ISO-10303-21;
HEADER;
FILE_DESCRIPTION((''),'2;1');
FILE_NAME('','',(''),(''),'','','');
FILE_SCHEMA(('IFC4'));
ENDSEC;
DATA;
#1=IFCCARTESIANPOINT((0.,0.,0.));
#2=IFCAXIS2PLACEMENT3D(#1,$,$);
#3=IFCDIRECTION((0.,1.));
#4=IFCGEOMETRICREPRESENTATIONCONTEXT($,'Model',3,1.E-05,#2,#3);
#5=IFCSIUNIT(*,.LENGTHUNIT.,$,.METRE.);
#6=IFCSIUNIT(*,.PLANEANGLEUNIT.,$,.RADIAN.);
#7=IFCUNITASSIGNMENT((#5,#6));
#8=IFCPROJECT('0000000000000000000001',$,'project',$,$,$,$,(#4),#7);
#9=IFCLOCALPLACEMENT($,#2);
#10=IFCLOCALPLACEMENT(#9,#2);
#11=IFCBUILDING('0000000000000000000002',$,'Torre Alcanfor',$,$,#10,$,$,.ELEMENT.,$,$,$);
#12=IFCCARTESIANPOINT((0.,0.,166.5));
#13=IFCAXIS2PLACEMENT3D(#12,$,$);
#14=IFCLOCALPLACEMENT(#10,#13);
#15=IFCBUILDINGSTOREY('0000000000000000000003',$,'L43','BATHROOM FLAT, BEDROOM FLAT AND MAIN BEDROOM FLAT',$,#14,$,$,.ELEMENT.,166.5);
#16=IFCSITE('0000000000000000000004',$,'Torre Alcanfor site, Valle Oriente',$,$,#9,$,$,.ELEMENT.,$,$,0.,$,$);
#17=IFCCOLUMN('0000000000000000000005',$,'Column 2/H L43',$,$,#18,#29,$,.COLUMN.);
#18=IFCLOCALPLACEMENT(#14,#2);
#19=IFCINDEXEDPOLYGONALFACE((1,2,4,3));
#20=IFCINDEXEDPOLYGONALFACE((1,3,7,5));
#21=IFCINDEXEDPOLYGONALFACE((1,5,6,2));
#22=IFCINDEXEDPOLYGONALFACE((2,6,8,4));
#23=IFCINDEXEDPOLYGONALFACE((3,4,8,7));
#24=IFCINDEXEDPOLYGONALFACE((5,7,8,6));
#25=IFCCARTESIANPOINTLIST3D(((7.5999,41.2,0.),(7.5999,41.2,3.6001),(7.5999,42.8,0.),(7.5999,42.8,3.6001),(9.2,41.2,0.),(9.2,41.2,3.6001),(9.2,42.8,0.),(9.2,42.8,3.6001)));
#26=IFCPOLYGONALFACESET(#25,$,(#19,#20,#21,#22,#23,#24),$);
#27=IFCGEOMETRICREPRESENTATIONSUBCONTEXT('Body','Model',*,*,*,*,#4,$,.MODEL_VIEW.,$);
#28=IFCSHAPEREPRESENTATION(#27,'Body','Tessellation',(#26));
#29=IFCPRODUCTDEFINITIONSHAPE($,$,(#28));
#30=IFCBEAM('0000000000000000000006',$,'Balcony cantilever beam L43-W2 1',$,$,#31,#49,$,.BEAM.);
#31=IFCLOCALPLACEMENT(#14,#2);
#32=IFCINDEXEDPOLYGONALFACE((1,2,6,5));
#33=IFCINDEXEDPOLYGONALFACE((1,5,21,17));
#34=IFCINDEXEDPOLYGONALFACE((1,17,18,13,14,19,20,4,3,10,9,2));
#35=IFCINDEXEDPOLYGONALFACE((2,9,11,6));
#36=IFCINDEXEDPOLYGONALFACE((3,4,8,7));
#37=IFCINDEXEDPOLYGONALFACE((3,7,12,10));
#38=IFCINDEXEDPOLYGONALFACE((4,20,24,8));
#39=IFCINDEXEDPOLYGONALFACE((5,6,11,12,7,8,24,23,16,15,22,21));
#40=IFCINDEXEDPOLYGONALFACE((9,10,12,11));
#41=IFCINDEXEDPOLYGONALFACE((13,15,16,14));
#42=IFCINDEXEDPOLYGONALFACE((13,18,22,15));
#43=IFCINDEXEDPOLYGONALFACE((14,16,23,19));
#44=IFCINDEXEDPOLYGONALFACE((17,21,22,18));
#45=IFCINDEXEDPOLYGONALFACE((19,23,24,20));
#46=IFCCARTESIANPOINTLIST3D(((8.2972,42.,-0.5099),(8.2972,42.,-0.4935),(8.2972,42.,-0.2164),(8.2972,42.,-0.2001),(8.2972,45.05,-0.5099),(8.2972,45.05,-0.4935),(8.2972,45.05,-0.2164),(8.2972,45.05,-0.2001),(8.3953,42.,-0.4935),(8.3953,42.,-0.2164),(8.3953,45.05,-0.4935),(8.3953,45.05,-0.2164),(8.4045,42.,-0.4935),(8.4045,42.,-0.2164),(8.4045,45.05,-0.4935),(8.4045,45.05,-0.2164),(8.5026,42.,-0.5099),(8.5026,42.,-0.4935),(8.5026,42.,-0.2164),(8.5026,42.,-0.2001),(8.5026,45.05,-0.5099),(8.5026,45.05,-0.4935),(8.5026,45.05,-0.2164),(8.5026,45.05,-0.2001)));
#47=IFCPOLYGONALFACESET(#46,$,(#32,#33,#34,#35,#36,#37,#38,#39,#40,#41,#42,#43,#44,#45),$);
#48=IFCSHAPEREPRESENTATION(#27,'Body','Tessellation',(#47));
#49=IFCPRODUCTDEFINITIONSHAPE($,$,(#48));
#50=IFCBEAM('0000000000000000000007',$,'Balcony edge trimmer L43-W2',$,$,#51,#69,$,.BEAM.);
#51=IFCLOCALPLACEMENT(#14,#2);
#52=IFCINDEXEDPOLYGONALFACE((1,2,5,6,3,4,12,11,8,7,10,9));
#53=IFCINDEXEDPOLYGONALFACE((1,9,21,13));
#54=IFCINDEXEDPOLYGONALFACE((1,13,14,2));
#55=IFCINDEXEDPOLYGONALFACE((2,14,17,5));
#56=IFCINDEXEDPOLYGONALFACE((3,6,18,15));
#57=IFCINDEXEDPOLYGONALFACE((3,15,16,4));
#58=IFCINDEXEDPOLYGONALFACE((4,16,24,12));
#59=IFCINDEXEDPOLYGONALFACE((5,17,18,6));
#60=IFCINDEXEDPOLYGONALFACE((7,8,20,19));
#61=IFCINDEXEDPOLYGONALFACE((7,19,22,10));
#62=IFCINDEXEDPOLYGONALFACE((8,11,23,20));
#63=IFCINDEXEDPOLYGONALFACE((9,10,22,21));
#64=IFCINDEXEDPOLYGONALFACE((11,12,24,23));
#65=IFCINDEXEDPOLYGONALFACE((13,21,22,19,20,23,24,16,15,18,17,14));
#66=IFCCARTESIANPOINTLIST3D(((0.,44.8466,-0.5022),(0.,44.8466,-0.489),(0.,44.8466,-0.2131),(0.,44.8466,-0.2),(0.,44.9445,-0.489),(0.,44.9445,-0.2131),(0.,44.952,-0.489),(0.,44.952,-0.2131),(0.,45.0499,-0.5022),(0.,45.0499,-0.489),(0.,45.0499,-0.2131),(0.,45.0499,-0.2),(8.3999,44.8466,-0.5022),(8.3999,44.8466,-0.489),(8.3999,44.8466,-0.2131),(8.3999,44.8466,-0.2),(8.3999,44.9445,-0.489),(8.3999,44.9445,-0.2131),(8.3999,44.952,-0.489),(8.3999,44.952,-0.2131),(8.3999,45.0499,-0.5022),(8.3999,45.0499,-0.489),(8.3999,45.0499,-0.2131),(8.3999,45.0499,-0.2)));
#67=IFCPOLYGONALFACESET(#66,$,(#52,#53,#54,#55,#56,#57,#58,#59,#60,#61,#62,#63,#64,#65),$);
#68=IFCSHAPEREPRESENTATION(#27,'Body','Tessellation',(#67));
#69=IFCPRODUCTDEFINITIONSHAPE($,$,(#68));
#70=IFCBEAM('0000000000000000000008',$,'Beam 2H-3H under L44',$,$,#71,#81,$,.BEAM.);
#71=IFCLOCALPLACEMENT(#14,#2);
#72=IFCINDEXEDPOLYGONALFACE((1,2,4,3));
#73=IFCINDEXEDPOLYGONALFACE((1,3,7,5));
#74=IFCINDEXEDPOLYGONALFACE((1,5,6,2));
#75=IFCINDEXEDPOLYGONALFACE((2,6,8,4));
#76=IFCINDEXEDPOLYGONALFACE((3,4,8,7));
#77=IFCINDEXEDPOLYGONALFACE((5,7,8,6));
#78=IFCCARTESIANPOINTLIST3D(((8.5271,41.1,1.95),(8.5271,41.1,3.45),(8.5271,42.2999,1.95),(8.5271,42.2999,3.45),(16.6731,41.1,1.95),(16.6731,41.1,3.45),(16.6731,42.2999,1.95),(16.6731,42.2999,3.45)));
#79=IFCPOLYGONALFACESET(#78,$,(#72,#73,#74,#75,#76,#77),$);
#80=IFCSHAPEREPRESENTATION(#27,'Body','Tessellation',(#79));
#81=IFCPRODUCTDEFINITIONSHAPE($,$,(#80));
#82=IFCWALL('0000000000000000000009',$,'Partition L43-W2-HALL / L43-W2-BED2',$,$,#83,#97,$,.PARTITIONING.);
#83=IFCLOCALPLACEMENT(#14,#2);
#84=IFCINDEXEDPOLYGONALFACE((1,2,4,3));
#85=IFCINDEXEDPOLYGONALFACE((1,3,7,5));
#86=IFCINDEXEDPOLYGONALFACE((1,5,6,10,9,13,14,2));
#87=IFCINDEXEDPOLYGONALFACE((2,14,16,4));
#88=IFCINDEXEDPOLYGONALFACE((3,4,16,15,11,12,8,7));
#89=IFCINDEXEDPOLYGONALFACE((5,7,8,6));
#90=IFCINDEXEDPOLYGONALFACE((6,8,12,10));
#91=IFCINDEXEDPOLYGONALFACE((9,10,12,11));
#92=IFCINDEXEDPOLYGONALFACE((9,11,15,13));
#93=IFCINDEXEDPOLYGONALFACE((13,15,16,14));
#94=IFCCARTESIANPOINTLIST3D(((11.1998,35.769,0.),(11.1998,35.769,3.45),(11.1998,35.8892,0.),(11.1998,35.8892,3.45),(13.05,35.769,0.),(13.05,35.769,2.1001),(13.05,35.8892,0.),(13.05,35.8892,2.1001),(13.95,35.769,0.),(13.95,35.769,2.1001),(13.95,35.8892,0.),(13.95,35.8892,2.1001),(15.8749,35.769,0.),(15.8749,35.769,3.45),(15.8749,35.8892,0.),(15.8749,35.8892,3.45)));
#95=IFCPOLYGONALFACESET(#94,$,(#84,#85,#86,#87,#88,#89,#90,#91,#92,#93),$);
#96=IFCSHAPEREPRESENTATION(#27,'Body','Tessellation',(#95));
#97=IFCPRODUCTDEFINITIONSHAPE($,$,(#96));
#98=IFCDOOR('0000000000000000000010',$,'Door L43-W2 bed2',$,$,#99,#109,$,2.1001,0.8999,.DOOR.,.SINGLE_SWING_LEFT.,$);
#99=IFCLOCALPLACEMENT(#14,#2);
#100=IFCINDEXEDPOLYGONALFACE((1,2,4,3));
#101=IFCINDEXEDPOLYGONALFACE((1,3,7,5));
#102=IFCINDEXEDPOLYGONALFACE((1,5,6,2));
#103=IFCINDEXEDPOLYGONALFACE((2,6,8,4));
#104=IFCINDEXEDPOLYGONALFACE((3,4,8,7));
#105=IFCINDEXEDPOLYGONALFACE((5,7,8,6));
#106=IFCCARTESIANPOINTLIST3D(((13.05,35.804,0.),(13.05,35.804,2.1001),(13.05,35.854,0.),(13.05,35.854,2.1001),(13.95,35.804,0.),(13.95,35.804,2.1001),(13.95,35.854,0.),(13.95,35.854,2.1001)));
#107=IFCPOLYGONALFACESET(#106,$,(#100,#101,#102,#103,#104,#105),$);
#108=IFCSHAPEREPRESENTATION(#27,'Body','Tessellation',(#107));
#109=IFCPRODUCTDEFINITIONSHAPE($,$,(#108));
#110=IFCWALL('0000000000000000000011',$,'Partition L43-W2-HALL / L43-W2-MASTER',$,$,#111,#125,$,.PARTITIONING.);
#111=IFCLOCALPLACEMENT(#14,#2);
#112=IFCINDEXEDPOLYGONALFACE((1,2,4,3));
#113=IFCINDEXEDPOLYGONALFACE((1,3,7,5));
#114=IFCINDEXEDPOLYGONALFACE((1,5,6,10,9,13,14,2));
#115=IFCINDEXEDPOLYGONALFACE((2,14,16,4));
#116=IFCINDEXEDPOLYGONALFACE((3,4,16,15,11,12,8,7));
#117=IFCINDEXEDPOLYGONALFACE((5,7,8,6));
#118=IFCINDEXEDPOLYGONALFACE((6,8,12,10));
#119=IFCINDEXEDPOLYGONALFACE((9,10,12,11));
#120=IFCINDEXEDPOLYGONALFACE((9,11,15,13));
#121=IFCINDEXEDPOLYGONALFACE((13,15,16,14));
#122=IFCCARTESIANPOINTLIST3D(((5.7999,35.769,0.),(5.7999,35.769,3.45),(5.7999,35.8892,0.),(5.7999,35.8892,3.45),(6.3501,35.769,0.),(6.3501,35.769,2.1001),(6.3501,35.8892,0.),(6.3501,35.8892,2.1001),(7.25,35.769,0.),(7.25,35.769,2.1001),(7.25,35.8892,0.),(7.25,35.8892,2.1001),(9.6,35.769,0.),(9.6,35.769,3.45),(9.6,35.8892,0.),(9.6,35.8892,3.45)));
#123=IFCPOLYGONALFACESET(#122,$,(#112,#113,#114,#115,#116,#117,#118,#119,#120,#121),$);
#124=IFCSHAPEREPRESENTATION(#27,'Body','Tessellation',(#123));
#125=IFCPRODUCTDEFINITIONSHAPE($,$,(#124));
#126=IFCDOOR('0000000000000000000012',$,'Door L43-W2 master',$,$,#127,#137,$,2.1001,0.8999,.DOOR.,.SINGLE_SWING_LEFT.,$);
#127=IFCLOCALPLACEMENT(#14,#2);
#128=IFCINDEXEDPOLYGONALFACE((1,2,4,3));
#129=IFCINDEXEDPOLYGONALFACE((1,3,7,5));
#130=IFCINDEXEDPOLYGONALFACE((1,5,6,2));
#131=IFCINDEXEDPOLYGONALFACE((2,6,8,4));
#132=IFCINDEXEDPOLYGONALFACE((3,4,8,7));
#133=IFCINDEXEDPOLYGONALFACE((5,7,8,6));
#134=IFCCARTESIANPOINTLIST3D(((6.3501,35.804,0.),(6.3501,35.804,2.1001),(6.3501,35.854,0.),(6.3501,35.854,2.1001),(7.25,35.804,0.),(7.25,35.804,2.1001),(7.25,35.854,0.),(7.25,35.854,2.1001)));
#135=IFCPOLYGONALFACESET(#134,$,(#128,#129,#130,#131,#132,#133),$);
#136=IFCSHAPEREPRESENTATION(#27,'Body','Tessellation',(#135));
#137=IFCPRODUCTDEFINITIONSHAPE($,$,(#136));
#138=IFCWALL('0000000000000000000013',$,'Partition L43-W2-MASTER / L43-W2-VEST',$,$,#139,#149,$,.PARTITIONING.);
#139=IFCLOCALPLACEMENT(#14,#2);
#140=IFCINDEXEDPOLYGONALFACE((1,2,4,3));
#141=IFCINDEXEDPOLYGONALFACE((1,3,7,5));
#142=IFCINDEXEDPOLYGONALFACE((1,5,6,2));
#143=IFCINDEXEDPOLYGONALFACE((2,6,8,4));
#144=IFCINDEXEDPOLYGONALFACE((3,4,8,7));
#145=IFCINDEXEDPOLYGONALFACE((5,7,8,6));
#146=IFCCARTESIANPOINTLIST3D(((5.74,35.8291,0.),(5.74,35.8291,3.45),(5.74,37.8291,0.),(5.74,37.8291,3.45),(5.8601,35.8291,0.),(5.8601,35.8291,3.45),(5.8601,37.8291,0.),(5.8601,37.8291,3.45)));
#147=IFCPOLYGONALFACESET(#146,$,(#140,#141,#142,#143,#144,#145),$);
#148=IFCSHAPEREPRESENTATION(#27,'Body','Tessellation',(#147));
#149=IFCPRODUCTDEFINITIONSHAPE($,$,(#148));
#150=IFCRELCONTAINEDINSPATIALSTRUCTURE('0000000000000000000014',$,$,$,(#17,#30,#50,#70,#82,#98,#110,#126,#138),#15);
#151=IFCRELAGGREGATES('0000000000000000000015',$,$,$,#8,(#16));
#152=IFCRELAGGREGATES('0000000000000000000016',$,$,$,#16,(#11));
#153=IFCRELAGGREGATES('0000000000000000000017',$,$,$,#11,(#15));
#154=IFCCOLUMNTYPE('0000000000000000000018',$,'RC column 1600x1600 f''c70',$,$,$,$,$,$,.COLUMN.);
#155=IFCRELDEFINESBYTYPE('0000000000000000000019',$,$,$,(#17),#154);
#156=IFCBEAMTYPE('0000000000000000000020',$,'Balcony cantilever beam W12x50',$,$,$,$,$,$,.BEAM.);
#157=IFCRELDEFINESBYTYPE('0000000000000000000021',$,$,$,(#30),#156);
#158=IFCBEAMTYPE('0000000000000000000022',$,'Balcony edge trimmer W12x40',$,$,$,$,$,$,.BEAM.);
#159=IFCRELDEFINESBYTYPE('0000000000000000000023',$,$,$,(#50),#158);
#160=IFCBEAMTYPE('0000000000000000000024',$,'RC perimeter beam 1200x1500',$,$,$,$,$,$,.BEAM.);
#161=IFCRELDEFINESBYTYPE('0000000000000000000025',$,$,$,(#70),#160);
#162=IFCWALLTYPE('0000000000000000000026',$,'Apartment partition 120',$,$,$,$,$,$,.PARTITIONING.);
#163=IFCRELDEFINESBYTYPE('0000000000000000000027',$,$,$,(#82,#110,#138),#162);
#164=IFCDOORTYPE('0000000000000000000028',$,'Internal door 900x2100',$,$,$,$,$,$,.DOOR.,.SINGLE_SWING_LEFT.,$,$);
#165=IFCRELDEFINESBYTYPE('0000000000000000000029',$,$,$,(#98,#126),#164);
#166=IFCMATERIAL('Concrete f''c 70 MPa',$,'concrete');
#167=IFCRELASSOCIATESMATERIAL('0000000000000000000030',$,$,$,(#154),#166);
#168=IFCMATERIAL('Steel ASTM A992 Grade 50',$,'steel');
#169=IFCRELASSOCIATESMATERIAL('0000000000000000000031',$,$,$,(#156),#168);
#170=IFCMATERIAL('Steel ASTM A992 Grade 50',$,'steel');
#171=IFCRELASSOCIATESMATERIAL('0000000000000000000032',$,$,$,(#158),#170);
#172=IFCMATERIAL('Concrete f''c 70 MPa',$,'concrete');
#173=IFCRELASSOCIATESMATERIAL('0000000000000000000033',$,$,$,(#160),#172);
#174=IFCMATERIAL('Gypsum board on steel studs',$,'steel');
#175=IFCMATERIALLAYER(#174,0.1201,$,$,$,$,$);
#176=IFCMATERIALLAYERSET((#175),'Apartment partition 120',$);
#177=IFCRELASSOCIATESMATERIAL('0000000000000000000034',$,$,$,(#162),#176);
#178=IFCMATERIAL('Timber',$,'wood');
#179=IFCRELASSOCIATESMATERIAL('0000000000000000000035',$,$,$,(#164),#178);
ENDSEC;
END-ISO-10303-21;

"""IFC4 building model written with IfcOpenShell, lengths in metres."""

from ifc_helpers import new_model, si_unit, direction, frame, frame_2d, origin, origin_2d, place, context, subcontext, project, spatial, rectangle, i_section, extrude, material, layer, layer_set, material_profile, profile_set, type_object, element, fill, save


model = new_model("IFC4")

# Units and contexts
model_context = context("Model", 3, precision=1e-05, world=origin(), true_north=direction((0.0, 1.0)))
body_context = subcontext(model_context, "Body", "Model", "MODEL_VIEW")
ifc_project = project(units=[si_unit("LENGTHUNIT", "METRE"), si_unit("PLANEANGLEUNIT", "RADIAN")], contexts=[model_context])

# Site, building, storey
site_placement = place(None, origin())
site = spatial("IfcSite", under=ifc_project, at=site_placement, Name="Torre Alcanfor site, Valle Oriente", CompositionType="ELEMENT", RefElevation=0.0)
building_placement = place(site_placement, origin())
building = spatial("IfcBuilding", under=site, at=building_placement, Name="Torre Alcanfor", CompositionType="ELEMENT")
storey_placement = place(building_placement, frame((0.0, 0.0, 166.5)))
storey = spatial("IfcBuildingStorey", under=building, at=storey_placement, Name="L43", Description="BATHROOM FLAT, BEDROOM FLAT AND MAIN BEDROOM FLAT", CompositionType="ELEMENT", Elevation=166.5)

# Column
ifc_material_1 = material(Name="Concrete f'c 70 MPa", Category="concrete")
ifc_material_profile_1 = material_profile(ifc_material_1, rectangle(XDim=1.6001, YDim=1.6001, at=origin_2d()), Name="1600x1600")
ifc_profile_set_1 = profile_set([ifc_material_profile_1], Name="Concrete f'c 70 MPa")
column_type = type_object("IfcColumnType", Name="RC column 1600x1600 f'c70", PredefinedType="COLUMN", material=ifc_profile_set_1)
column_placement = place(storey_placement, frame((8.3999, 42.0, 0.0), z_axis=(0.0, 0.0, 1.0), x_axis=(1.0, 0.0, 0.0)))
element("IfcColumn", 1, at=column_placement, inside=storey, type_object=column_type, Name="Column 2/H L43", PredefinedType="COLUMN", context=body_context, shape_type="SweptSolid", body=[
    extrude(rectangle(XDim=1.6001, YDim=1.6001, at=origin_2d()), origin(), (0.0, 0.0, 1.0), 3.6001),
])

# Beams
ifc_material_2 = material(Name="Steel ASTM A992 Grade 50", Category="steel")
ifc_material_profile_2 = material_profile(ifc_material_2, i_section(OverallWidth=0.2053, OverallDepth=0.3098, WebThickness=0.0093, FlangeThickness=0.0164, at=origin_2d()), Name="W12x50")
ifc_profile_set_2 = profile_set([ifc_material_profile_2], Name="Steel ASTM A992 Grade 50")
beam_type_1 = type_object("IfcBeamType", Name="Balcony cantilever beam W12x50", PredefinedType="BEAM", material=ifc_profile_set_2)
beam_1_placement = place(storey_placement, frame((8.3999, 42.0, -0.355), z_axis=(0.0, 1.0, 0.0), x_axis=(-1.0, 0.0, 0.0)))
element("IfcBeam", 2, at=beam_1_placement, inside=storey, type_object=beam_type_1, Name="Balcony cantilever beam L43-W2 1", PredefinedType="BEAM", context=body_context, shape_type="SweptSolid", body=[
    extrude(i_section(OverallWidth=0.2053, OverallDepth=0.3098, WebThickness=0.0093, FlangeThickness=0.0164, at=origin_2d()), origin(), (0.0, 0.0, 1.0), 3.05),
])
ifc_material_3 = material(Name="Steel ASTM A992 Grade 50", Category="steel")
ifc_material_profile_3 = material_profile(ifc_material_3, i_section(OverallWidth=0.2034, OverallDepth=0.3022, WebThickness=0.0076, FlangeThickness=0.0132, at=origin_2d()), Name="W12x40")
ifc_profile_set_3 = profile_set([ifc_material_profile_3], Name="Steel ASTM A992 Grade 50")
beam_type_2 = type_object("IfcBeamType", Name="Balcony edge trimmer W12x40", PredefinedType="BEAM", material=ifc_profile_set_3)
beam_2_placement = place(storey_placement, frame((8.3999, 44.9482, -0.3511), z_axis=(-1.0, 0.0, 0.0), x_axis=(0.0, -1.0, 0.0)))
element("IfcBeam", 3, at=beam_2_placement, inside=storey, type_object=beam_type_2, Name="Balcony edge trimmer L43-W2", PredefinedType="BEAM", context=body_context, shape_type="SweptSolid", body=[
    extrude(i_section(OverallWidth=0.2034, OverallDepth=0.3022, WebThickness=0.0076, FlangeThickness=0.0132, at=origin_2d()), origin(), (0.0, 0.0, 1.0), 8.3999),
])
ifc_material_4 = material(Name="Concrete f'c 70 MPa", Category="concrete")
ifc_material_profile_4 = material_profile(ifc_material_4, rectangle(XDim=1.2, YDim=1.5, at=origin_2d()), Name="1200x1500")
ifc_profile_set_4 = profile_set([ifc_material_profile_4], Name="Concrete f'c 70 MPa")
beam_type_3 = type_object("IfcBeamType", Name="RC perimeter beam 1200x1500", PredefinedType="BEAM", material=ifc_profile_set_4)
beam_3_placement = place(storey_placement, frame((8.5271, 41.7, 2.7), z_axis=(1.0, 0.0, 0.0), x_axis=(0.0, 1.0, 0.0)))
element("IfcBeam", 4, at=beam_3_placement, inside=storey, type_object=beam_type_3, Name="Beam 2H-3H under L44", PredefinedType="BEAM", context=body_context, shape_type="SweptSolid", body=[
    extrude(rectangle(XDim=1.2, YDim=1.5, at=origin_2d()), origin(), (0.0, 0.0, 1.0), 8.146),
])

# Walls, openings, doors
ifc_material_5 = material(Name="Gypsum board on steel studs", Category="steel")
ifc_layer_1 = layer(ifc_material_5, 0.1201)
ifc_layer_set_1 = layer_set([ifc_layer_1], Name="Apartment partition 120")
wall_type_1 = type_object("IfcWallType", Name="Apartment partition 120", PredefinedType="PARTITIONING", material=ifc_layer_set_1)
wall_1_placement = place(storey_placement, frame((11.2, 35.8291, 0.0), z_axis=(0.0, 0.0, 1.0), x_axis=(1.0, 0.0, 0.0)))
wall_1 = element("IfcWall", 5, at=wall_1_placement, inside=storey, type_object=wall_type_1, Name="Partition L43-W2-HALL / L43-W2-BED2", PredefinedType="PARTITIONING", context=body_context, shape_type="SweptSolid", body=[
    extrude(rectangle(XDim=4.675, YDim=0.1201, at=frame_2d((2.3374, 0.0))), origin(), (0.0, 0.0, 1.0), 3.45),
])
opening_1_placement = place(wall_1_placement, frame((1.8501, 0.0, 0.0)))
opening_1 = element("IfcOpeningElement", 6, at=opening_1_placement, cuts=wall_1, PredefinedType="OPENING", context=body_context, shape_type="SweptSolid", body=[
    extrude(rectangle(XDim=0.8999, YDim=2.1001, at=frame_2d((0.45, 1.05))), frame((0.0, 0.0701, 0.0), z_axis=(0.0, -1.0, 0.0), x_axis=(1.0, 0.0, 0.0)), (0.0, 0.0, 1.0), 0.1401),
])
ifc_material_6 = material(Name="Timber", Category="wood")
door_type_1 = type_object("IfcDoorType", Name="Internal door 900x2100", OperationType="SINGLE_SWING_LEFT", PredefinedType="DOOR", material=ifc_material_6)
door_1_placement = place(opening_1_placement, origin())
door_1 = element("IfcDoor", 7, at=door_1_placement, inside=storey, type_object=door_type_1, Name="Door L43-W2 bed2", OperationType="SINGLE_SWING_LEFT", OverallHeight=2.1001, OverallWidth=0.8999, PredefinedType="DOOR", context=body_context, shape_type="SweptSolid", body=[
    extrude(rectangle(XDim=0.8999, YDim=2.1001, at=frame_2d((0.45, 1.05))), frame((0.0, 0.0249, 0.0), z_axis=(0.0, -1.0, 0.0), x_axis=(1.0, 0.0, 0.0)), (0.0, 0.0, 1.0), 0.05),
])
fill(opening_1, door_1)
wall_2_placement = place(storey_placement, frame((5.8, 35.8291, 0.0), z_axis=(0.0, 0.0, 1.0), x_axis=(1.0, 0.0, 0.0)))
wall_2 = element("IfcWall", 8, at=wall_2_placement, inside=storey, type_object=wall_type_1, Name="Partition L43-W2-HALL / L43-W2-MASTER", PredefinedType="PARTITIONING", context=body_context, shape_type="SweptSolid", body=[
    extrude(rectangle(XDim=3.8, YDim=0.1201, at=frame_2d((1.8999, 0.0))), origin(), (0.0, 0.0, 1.0), 3.45),
])
opening_2_placement = place(wall_2_placement, frame((0.55, 0.0, 0.0)))
opening_2 = element("IfcOpeningElement", 9, at=opening_2_placement, cuts=wall_2, PredefinedType="OPENING", context=body_context, shape_type="SweptSolid", body=[
    extrude(rectangle(XDim=0.8999, YDim=2.1001, at=frame_2d((0.45, 1.05))), frame((0.0, 0.0701, 0.0), z_axis=(0.0, -1.0, 0.0), x_axis=(1.0, 0.0, 0.0)), (0.0, 0.0, 1.0), 0.1401),
])
door_2_placement = place(opening_2_placement, origin())
door_2 = element("IfcDoor", 10, at=door_2_placement, inside=storey, type_object=door_type_1, Name="Door L43-W2 master", OperationType="SINGLE_SWING_LEFT", OverallHeight=2.1001, OverallWidth=0.8999, PredefinedType="DOOR", context=body_context, shape_type="SweptSolid", body=[
    extrude(rectangle(XDim=0.8999, YDim=2.1001, at=frame_2d((0.45, 1.05))), frame((0.0, 0.0249, 0.0), z_axis=(0.0, -1.0, 0.0), x_axis=(1.0, 0.0, 0.0)), (0.0, 0.0, 1.0), 0.05),
])
fill(opening_2, door_2)

# Wall
wall_3_placement = place(storey_placement, frame((5.8, 35.8291, 0.0), z_axis=(0.0, 0.0, 1.0), x_axis=(0.0, 1.0, 0.0)))
element("IfcWall", 11, at=wall_3_placement, inside=storey, type_object=wall_type_1, Name="Partition L43-W2-MASTER / L43-W2-VEST", PredefinedType="PARTITIONING", context=body_context, shape_type="SweptSolid", body=[
    extrude(rectangle(XDim=2.0, YDim=0.1201, at=frame_2d((1.0, 0.0))), origin(), (0.0, 0.0, 1.0), 3.45),
])

save(model, "model.ifc")
